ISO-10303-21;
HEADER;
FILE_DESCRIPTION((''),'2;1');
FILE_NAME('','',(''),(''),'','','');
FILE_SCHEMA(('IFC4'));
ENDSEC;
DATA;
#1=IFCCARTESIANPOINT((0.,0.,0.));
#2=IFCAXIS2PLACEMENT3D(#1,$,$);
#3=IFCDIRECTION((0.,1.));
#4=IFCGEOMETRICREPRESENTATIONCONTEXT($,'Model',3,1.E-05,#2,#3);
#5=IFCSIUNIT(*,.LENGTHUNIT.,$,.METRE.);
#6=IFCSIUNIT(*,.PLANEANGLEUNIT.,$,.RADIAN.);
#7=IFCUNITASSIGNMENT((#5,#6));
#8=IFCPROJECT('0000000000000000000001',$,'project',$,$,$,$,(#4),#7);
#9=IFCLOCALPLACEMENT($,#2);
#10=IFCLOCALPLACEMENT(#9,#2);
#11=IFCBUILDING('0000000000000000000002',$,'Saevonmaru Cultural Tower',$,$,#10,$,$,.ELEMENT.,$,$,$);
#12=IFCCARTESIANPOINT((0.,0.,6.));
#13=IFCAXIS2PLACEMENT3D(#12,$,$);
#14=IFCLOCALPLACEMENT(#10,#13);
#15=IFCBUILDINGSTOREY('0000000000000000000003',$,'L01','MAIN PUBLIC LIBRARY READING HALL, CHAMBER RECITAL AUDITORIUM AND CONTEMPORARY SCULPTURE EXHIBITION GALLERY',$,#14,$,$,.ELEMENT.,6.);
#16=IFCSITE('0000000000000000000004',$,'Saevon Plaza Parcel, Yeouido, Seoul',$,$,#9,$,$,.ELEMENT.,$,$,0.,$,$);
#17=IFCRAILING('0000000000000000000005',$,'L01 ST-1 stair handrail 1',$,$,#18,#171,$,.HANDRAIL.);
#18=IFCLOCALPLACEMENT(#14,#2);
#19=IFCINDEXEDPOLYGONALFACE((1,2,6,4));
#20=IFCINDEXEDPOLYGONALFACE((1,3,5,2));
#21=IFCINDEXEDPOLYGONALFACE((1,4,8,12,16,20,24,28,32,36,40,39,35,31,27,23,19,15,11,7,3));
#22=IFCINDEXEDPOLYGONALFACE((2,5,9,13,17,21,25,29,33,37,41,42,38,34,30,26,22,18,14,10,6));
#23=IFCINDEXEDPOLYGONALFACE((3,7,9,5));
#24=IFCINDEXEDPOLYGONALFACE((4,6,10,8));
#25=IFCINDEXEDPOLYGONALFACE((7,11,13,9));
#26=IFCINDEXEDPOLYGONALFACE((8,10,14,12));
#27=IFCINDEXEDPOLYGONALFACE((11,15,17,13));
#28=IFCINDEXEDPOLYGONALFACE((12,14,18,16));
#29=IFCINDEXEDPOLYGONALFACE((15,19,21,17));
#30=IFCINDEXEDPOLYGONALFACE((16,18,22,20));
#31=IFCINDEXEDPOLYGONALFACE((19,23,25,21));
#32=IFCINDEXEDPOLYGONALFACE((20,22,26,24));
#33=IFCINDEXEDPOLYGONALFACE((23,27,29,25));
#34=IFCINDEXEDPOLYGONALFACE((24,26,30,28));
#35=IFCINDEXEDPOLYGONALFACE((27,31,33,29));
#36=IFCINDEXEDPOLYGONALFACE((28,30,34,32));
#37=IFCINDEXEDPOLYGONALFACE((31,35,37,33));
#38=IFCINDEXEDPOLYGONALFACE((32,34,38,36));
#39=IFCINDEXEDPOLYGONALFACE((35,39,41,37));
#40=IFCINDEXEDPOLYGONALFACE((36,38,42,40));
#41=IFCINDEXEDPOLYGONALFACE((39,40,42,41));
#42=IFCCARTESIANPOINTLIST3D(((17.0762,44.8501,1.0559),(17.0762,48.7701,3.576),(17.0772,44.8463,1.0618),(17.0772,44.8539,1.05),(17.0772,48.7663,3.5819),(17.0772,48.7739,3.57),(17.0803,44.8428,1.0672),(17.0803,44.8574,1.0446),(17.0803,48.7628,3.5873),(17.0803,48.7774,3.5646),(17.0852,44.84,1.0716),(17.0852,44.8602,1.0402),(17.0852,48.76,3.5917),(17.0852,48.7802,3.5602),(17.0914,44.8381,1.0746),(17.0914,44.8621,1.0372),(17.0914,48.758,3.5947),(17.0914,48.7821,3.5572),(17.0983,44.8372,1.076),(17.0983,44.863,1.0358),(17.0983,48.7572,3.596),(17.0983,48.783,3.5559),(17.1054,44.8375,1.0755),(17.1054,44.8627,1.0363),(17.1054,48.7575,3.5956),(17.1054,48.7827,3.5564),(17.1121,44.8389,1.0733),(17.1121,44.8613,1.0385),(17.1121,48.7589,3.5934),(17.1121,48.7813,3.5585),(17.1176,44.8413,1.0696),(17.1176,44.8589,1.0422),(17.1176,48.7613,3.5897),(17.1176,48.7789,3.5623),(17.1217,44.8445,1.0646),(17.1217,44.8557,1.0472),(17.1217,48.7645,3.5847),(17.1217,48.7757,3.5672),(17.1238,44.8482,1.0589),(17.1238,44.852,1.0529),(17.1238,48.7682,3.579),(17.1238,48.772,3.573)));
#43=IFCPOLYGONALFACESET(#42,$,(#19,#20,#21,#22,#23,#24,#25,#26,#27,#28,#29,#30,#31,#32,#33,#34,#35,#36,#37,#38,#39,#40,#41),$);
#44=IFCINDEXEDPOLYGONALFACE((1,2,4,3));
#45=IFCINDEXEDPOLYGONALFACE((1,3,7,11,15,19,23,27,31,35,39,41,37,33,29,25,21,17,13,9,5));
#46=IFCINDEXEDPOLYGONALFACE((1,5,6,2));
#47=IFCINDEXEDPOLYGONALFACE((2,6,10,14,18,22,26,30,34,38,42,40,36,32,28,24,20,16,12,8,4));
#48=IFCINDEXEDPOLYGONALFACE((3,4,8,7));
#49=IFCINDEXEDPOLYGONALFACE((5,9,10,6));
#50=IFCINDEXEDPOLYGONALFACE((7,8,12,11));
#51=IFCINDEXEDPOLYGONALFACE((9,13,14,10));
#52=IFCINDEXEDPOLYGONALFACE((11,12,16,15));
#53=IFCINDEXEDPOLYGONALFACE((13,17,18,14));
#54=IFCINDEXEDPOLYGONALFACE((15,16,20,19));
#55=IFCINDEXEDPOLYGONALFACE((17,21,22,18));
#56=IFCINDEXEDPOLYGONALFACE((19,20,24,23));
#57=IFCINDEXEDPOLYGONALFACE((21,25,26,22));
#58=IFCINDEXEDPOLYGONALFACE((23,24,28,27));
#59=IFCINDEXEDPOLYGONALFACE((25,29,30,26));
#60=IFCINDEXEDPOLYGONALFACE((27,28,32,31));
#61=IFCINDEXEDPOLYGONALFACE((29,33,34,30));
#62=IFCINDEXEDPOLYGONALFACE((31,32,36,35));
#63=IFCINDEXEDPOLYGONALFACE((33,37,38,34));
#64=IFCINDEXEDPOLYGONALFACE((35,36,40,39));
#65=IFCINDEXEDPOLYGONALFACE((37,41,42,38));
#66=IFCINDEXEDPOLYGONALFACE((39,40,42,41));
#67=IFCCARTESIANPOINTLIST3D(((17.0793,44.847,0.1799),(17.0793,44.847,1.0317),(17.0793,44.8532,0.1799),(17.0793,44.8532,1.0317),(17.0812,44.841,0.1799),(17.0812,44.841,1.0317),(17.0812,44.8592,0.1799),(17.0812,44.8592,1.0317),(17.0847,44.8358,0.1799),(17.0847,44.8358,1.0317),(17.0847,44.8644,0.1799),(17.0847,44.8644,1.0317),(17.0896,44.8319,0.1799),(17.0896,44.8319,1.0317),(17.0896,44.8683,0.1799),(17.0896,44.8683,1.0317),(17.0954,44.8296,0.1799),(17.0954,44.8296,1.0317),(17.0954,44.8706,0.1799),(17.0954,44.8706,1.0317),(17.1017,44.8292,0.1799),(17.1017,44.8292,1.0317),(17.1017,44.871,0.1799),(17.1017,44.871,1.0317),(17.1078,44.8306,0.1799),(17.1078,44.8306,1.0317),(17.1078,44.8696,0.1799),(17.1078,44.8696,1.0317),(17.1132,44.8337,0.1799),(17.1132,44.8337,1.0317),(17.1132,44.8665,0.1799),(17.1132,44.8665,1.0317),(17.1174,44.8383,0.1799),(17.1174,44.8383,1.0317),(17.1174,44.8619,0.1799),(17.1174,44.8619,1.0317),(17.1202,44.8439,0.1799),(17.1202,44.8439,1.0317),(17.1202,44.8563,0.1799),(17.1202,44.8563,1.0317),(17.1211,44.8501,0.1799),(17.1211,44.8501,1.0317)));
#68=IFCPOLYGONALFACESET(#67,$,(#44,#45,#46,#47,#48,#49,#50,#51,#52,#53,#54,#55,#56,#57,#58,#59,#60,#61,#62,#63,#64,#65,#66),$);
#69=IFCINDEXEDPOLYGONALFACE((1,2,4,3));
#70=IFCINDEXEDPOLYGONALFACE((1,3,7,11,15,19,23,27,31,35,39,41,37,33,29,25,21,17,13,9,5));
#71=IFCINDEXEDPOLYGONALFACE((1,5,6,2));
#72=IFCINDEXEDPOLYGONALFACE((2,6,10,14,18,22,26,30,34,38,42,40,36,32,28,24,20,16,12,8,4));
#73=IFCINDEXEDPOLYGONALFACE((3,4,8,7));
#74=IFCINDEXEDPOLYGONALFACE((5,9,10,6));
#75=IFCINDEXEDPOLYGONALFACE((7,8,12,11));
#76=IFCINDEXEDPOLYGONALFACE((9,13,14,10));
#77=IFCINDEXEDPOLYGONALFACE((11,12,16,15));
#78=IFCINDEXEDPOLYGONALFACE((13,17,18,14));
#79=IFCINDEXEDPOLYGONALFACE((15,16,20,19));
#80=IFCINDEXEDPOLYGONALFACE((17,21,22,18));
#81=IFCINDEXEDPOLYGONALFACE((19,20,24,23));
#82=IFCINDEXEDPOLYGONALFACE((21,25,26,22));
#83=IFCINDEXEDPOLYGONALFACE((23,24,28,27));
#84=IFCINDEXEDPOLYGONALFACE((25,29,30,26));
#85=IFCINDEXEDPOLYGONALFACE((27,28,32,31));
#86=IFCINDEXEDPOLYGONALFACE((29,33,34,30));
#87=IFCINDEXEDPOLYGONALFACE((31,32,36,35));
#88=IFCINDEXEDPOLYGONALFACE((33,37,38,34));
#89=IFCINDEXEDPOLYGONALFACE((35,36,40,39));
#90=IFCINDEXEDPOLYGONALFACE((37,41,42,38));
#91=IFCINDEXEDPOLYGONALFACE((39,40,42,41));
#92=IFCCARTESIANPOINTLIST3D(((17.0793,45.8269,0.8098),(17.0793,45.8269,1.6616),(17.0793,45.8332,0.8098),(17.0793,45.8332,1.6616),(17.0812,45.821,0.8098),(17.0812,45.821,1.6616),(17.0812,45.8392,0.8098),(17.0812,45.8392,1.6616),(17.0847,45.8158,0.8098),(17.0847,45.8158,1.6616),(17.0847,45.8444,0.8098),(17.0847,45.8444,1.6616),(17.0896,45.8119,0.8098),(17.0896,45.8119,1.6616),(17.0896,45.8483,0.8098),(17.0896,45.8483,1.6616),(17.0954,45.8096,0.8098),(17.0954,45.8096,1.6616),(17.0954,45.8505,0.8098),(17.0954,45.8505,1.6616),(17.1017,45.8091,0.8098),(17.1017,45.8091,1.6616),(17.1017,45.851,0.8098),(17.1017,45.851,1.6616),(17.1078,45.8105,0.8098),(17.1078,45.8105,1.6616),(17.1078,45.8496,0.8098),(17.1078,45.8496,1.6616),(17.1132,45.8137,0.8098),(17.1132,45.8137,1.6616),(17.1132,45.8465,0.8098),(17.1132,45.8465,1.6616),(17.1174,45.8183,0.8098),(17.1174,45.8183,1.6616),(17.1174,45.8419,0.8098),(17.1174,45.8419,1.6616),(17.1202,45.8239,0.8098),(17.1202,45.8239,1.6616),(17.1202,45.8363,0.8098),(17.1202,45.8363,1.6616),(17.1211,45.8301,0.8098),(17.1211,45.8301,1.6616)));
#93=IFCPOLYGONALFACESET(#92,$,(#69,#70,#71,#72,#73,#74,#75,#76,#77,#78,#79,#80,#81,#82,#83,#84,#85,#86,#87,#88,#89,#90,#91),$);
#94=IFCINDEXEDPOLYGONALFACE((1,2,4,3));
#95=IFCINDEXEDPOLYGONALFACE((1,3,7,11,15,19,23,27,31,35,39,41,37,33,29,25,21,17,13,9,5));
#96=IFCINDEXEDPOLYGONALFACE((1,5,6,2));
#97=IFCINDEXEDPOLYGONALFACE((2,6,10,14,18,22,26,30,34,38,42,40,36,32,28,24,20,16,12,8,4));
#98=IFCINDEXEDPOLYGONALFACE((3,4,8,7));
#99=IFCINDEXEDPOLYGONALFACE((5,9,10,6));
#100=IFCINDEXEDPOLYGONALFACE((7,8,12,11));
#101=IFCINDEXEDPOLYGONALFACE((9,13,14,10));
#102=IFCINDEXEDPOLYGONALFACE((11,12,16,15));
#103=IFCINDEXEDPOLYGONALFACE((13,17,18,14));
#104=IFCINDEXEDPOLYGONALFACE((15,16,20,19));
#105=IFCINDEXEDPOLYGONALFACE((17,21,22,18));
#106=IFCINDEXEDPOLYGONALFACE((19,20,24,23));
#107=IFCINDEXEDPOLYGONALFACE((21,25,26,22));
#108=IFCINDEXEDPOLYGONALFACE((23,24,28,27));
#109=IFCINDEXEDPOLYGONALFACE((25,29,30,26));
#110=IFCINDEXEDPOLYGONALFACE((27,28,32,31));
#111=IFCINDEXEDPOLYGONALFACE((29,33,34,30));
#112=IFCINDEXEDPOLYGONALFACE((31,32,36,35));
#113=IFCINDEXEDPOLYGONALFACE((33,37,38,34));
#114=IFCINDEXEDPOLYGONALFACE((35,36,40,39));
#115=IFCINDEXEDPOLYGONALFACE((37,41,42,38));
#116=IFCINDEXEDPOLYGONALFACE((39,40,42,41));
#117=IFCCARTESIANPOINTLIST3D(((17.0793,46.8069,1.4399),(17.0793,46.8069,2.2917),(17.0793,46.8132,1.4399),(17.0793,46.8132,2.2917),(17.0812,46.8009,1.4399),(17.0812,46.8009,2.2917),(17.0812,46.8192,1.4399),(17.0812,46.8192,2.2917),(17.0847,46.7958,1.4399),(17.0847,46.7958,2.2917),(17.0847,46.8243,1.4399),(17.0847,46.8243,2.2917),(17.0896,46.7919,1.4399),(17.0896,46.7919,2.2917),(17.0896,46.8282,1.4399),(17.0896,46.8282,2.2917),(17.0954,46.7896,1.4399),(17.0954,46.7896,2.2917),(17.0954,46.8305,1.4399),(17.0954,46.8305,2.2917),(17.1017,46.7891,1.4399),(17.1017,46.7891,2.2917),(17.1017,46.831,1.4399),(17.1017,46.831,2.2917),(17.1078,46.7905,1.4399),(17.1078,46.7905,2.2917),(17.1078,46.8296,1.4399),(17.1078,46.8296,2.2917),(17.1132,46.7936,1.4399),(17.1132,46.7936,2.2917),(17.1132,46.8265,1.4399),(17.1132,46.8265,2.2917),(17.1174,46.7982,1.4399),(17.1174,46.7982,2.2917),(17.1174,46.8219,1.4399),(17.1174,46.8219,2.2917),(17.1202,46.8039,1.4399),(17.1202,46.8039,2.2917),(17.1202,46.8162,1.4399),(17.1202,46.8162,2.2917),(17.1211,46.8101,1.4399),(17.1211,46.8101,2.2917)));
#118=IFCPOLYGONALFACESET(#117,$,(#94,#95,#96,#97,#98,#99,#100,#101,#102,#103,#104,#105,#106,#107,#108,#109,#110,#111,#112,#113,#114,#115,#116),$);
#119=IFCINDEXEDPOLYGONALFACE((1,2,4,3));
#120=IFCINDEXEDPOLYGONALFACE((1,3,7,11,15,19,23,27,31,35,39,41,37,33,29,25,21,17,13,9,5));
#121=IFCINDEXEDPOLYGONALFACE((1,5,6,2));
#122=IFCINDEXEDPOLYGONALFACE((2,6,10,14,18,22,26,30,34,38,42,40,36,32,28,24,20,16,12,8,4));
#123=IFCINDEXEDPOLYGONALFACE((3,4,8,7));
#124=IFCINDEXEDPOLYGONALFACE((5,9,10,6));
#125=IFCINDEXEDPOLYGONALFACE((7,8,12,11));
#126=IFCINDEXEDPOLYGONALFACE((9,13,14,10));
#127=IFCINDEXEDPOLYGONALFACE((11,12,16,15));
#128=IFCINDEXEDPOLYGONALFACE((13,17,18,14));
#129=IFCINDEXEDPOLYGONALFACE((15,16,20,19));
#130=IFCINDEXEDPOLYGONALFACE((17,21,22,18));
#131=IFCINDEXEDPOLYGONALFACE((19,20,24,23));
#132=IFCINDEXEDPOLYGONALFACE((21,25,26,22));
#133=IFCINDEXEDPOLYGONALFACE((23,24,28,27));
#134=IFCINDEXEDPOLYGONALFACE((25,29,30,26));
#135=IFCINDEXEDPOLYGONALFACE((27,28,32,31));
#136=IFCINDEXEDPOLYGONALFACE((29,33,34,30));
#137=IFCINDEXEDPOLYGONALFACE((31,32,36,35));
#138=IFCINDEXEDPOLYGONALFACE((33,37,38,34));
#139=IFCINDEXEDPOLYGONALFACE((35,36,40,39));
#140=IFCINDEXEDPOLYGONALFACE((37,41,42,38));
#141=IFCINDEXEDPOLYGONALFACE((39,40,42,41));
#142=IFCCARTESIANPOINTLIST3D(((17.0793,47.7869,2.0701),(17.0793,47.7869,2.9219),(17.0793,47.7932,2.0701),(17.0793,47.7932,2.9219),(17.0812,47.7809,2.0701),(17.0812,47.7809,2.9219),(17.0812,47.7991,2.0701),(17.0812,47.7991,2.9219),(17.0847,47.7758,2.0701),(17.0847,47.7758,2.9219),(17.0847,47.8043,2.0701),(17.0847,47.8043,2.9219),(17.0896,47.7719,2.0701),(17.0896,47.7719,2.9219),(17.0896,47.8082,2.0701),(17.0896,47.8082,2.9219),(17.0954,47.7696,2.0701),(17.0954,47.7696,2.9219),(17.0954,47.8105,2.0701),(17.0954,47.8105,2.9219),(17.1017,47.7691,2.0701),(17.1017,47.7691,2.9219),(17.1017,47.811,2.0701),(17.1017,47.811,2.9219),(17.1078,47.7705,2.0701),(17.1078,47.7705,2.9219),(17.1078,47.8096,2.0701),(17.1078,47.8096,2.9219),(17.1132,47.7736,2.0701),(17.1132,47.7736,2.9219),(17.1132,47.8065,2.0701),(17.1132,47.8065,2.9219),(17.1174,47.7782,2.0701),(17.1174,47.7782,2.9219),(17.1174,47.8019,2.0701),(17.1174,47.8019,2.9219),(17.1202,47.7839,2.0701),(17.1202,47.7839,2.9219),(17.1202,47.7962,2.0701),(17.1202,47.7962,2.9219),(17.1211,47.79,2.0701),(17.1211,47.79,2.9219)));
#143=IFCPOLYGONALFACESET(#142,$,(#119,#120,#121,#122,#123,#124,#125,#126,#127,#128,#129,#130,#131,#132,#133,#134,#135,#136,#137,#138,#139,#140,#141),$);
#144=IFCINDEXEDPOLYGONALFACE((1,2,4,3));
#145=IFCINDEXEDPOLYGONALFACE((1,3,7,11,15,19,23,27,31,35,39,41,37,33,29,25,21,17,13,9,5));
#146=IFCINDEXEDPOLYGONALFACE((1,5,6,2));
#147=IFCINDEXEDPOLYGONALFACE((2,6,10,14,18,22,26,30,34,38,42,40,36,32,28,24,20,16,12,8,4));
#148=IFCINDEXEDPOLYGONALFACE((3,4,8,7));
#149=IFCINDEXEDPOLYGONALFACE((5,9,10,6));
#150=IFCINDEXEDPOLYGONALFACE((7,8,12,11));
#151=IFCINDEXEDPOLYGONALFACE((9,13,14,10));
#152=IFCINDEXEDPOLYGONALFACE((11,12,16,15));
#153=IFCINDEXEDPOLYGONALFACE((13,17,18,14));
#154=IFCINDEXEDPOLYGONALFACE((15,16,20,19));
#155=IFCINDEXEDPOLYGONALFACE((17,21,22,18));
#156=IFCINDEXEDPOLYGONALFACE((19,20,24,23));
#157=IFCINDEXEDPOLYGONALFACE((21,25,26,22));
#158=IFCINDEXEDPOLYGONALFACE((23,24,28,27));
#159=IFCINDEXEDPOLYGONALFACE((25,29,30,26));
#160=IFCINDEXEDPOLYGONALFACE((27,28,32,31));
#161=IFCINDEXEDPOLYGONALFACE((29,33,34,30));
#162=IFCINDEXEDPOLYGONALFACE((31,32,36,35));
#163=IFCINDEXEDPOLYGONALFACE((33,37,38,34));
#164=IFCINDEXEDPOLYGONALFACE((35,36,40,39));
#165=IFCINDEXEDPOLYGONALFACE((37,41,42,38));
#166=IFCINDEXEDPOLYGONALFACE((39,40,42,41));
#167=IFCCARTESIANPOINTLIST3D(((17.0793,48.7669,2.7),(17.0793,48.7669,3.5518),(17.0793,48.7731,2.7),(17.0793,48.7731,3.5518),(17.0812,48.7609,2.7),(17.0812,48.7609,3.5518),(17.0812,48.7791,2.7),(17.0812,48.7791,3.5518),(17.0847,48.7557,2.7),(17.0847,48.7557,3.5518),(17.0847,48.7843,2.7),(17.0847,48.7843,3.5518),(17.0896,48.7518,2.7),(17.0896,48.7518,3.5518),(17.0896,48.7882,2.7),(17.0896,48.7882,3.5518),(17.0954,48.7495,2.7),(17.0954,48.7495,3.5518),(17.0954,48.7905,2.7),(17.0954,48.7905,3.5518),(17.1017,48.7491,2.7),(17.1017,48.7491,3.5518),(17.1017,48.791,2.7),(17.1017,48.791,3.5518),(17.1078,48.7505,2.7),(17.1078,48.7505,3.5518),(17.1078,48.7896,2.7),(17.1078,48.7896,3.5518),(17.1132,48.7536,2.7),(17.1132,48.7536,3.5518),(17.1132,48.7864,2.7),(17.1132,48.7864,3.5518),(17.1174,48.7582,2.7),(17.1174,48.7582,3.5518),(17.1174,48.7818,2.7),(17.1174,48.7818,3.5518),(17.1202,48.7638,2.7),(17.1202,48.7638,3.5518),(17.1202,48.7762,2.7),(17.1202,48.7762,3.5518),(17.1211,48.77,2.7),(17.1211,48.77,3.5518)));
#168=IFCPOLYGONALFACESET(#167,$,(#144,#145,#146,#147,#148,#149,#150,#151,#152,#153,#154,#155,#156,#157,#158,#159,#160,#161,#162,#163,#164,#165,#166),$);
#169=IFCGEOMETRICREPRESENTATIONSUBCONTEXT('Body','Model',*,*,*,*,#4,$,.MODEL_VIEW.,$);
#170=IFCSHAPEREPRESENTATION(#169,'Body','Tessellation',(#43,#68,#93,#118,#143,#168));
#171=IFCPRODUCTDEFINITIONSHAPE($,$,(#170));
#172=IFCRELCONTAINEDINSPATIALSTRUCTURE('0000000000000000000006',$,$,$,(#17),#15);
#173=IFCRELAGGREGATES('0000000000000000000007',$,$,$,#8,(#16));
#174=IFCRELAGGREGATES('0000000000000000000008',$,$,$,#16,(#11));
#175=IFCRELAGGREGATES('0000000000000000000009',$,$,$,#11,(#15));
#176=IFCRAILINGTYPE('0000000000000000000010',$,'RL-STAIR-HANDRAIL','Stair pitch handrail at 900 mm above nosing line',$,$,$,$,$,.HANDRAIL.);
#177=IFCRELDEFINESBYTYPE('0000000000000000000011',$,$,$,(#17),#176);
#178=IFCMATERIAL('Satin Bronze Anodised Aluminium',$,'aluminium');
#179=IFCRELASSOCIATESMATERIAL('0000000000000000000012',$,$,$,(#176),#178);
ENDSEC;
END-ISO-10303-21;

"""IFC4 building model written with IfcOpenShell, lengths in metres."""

from ifc_helpers import new_model, si_unit, direction, frame, origin, origin_2d, place, context, subcontext, project, spatial, circle, extrude, material, type_object, element, save


model = new_model("IFC4")

# Units and contexts
model_context = context("Model", 3, precision=1e-05, world=origin(), true_north=direction((0.0, 1.0)))
body_context = subcontext(model_context, "Body", "Model", "MODEL_VIEW")
ifc_project = project(units=[si_unit("LENGTHUNIT", "METRE"), si_unit("PLANEANGLEUNIT", "RADIAN")], contexts=[model_context])

# Site, building, storey
site_placement = place(None, origin())
site = spatial("IfcSite", under=ifc_project, at=site_placement, Name="Saevon Plaza Parcel, Yeouido, Seoul", CompositionType="ELEMENT", RefElevation=0.0)
building_placement = place(site_placement, origin())
building = spatial("IfcBuilding", under=site, at=building_placement, Name="Saevonmaru Cultural Tower", CompositionType="ELEMENT")
storey_placement = place(building_placement, frame((0.0, 0.0, 6.0)))
storey = spatial("IfcBuildingStorey", under=building, at=storey_placement, Name="L01", Description="MAIN PUBLIC LIBRARY READING HALL, CHAMBER RECITAL AUDITORIUM AND CONTEMPORARY SCULPTURE EXHIBITION GALLERY", CompositionType="ELEMENT", Elevation=6.0)

# Shared definitions
ifc_material_1 = material(Name="Satin Bronze Anodised Aluminium", Category="aluminium")

# Railing
railing_type_1 = type_object("IfcRailingType", Name="RL-STAIR-HANDRAIL", Description="Stair pitch handrail at 900 mm above nosing line", PredefinedType="HANDRAIL", material=ifc_material_1)
railing_1_placement = place(storey_placement, frame((17.1001, 44.8501, 0.1799)))
element("IfcRailing", 1, at=railing_1_placement, inside=storey, type_object=railing_type_1, Name="L01 ST-1 stair handrail 1", PredefinedType="HANDRAIL", context=body_context, shape_type="SweptSolid", body=[
    extrude(circle(Radius=0.0239, at=origin_2d()), frame((0.0, 0.0, 0.876), z_axis=(0.0, 0.841172, 0.540768), x_axis=(-1.0, 0.0, 0.0)), (0.0, 0.0, 1.0), 4.6602),
    extrude(circle(Radius=0.021, at=origin_2d()), origin(), (0.0, 0.0, 1.0), 0.8518),
    extrude(circle(Radius=0.021, at=origin_2d()), frame((0.0, 0.98, 0.6299)), (0.0, 0.0, 1.0), 0.8518),
    extrude(circle(Radius=0.021, at=origin_2d()), frame((0.0, 1.96, 1.26)), (0.0, 0.0, 1.0), 0.8518),
    extrude(circle(Radius=0.021, at=origin_2d()), frame((0.0, 2.9399, 1.8901)), (0.0, 0.0, 1.0), 0.8518),
    extrude(circle(Radius=0.021, at=origin_2d()), frame((0.0, 3.9199, 2.52)), (0.0, 0.0, 1.0), 0.8518),
])

save(model, "model.ifc")
